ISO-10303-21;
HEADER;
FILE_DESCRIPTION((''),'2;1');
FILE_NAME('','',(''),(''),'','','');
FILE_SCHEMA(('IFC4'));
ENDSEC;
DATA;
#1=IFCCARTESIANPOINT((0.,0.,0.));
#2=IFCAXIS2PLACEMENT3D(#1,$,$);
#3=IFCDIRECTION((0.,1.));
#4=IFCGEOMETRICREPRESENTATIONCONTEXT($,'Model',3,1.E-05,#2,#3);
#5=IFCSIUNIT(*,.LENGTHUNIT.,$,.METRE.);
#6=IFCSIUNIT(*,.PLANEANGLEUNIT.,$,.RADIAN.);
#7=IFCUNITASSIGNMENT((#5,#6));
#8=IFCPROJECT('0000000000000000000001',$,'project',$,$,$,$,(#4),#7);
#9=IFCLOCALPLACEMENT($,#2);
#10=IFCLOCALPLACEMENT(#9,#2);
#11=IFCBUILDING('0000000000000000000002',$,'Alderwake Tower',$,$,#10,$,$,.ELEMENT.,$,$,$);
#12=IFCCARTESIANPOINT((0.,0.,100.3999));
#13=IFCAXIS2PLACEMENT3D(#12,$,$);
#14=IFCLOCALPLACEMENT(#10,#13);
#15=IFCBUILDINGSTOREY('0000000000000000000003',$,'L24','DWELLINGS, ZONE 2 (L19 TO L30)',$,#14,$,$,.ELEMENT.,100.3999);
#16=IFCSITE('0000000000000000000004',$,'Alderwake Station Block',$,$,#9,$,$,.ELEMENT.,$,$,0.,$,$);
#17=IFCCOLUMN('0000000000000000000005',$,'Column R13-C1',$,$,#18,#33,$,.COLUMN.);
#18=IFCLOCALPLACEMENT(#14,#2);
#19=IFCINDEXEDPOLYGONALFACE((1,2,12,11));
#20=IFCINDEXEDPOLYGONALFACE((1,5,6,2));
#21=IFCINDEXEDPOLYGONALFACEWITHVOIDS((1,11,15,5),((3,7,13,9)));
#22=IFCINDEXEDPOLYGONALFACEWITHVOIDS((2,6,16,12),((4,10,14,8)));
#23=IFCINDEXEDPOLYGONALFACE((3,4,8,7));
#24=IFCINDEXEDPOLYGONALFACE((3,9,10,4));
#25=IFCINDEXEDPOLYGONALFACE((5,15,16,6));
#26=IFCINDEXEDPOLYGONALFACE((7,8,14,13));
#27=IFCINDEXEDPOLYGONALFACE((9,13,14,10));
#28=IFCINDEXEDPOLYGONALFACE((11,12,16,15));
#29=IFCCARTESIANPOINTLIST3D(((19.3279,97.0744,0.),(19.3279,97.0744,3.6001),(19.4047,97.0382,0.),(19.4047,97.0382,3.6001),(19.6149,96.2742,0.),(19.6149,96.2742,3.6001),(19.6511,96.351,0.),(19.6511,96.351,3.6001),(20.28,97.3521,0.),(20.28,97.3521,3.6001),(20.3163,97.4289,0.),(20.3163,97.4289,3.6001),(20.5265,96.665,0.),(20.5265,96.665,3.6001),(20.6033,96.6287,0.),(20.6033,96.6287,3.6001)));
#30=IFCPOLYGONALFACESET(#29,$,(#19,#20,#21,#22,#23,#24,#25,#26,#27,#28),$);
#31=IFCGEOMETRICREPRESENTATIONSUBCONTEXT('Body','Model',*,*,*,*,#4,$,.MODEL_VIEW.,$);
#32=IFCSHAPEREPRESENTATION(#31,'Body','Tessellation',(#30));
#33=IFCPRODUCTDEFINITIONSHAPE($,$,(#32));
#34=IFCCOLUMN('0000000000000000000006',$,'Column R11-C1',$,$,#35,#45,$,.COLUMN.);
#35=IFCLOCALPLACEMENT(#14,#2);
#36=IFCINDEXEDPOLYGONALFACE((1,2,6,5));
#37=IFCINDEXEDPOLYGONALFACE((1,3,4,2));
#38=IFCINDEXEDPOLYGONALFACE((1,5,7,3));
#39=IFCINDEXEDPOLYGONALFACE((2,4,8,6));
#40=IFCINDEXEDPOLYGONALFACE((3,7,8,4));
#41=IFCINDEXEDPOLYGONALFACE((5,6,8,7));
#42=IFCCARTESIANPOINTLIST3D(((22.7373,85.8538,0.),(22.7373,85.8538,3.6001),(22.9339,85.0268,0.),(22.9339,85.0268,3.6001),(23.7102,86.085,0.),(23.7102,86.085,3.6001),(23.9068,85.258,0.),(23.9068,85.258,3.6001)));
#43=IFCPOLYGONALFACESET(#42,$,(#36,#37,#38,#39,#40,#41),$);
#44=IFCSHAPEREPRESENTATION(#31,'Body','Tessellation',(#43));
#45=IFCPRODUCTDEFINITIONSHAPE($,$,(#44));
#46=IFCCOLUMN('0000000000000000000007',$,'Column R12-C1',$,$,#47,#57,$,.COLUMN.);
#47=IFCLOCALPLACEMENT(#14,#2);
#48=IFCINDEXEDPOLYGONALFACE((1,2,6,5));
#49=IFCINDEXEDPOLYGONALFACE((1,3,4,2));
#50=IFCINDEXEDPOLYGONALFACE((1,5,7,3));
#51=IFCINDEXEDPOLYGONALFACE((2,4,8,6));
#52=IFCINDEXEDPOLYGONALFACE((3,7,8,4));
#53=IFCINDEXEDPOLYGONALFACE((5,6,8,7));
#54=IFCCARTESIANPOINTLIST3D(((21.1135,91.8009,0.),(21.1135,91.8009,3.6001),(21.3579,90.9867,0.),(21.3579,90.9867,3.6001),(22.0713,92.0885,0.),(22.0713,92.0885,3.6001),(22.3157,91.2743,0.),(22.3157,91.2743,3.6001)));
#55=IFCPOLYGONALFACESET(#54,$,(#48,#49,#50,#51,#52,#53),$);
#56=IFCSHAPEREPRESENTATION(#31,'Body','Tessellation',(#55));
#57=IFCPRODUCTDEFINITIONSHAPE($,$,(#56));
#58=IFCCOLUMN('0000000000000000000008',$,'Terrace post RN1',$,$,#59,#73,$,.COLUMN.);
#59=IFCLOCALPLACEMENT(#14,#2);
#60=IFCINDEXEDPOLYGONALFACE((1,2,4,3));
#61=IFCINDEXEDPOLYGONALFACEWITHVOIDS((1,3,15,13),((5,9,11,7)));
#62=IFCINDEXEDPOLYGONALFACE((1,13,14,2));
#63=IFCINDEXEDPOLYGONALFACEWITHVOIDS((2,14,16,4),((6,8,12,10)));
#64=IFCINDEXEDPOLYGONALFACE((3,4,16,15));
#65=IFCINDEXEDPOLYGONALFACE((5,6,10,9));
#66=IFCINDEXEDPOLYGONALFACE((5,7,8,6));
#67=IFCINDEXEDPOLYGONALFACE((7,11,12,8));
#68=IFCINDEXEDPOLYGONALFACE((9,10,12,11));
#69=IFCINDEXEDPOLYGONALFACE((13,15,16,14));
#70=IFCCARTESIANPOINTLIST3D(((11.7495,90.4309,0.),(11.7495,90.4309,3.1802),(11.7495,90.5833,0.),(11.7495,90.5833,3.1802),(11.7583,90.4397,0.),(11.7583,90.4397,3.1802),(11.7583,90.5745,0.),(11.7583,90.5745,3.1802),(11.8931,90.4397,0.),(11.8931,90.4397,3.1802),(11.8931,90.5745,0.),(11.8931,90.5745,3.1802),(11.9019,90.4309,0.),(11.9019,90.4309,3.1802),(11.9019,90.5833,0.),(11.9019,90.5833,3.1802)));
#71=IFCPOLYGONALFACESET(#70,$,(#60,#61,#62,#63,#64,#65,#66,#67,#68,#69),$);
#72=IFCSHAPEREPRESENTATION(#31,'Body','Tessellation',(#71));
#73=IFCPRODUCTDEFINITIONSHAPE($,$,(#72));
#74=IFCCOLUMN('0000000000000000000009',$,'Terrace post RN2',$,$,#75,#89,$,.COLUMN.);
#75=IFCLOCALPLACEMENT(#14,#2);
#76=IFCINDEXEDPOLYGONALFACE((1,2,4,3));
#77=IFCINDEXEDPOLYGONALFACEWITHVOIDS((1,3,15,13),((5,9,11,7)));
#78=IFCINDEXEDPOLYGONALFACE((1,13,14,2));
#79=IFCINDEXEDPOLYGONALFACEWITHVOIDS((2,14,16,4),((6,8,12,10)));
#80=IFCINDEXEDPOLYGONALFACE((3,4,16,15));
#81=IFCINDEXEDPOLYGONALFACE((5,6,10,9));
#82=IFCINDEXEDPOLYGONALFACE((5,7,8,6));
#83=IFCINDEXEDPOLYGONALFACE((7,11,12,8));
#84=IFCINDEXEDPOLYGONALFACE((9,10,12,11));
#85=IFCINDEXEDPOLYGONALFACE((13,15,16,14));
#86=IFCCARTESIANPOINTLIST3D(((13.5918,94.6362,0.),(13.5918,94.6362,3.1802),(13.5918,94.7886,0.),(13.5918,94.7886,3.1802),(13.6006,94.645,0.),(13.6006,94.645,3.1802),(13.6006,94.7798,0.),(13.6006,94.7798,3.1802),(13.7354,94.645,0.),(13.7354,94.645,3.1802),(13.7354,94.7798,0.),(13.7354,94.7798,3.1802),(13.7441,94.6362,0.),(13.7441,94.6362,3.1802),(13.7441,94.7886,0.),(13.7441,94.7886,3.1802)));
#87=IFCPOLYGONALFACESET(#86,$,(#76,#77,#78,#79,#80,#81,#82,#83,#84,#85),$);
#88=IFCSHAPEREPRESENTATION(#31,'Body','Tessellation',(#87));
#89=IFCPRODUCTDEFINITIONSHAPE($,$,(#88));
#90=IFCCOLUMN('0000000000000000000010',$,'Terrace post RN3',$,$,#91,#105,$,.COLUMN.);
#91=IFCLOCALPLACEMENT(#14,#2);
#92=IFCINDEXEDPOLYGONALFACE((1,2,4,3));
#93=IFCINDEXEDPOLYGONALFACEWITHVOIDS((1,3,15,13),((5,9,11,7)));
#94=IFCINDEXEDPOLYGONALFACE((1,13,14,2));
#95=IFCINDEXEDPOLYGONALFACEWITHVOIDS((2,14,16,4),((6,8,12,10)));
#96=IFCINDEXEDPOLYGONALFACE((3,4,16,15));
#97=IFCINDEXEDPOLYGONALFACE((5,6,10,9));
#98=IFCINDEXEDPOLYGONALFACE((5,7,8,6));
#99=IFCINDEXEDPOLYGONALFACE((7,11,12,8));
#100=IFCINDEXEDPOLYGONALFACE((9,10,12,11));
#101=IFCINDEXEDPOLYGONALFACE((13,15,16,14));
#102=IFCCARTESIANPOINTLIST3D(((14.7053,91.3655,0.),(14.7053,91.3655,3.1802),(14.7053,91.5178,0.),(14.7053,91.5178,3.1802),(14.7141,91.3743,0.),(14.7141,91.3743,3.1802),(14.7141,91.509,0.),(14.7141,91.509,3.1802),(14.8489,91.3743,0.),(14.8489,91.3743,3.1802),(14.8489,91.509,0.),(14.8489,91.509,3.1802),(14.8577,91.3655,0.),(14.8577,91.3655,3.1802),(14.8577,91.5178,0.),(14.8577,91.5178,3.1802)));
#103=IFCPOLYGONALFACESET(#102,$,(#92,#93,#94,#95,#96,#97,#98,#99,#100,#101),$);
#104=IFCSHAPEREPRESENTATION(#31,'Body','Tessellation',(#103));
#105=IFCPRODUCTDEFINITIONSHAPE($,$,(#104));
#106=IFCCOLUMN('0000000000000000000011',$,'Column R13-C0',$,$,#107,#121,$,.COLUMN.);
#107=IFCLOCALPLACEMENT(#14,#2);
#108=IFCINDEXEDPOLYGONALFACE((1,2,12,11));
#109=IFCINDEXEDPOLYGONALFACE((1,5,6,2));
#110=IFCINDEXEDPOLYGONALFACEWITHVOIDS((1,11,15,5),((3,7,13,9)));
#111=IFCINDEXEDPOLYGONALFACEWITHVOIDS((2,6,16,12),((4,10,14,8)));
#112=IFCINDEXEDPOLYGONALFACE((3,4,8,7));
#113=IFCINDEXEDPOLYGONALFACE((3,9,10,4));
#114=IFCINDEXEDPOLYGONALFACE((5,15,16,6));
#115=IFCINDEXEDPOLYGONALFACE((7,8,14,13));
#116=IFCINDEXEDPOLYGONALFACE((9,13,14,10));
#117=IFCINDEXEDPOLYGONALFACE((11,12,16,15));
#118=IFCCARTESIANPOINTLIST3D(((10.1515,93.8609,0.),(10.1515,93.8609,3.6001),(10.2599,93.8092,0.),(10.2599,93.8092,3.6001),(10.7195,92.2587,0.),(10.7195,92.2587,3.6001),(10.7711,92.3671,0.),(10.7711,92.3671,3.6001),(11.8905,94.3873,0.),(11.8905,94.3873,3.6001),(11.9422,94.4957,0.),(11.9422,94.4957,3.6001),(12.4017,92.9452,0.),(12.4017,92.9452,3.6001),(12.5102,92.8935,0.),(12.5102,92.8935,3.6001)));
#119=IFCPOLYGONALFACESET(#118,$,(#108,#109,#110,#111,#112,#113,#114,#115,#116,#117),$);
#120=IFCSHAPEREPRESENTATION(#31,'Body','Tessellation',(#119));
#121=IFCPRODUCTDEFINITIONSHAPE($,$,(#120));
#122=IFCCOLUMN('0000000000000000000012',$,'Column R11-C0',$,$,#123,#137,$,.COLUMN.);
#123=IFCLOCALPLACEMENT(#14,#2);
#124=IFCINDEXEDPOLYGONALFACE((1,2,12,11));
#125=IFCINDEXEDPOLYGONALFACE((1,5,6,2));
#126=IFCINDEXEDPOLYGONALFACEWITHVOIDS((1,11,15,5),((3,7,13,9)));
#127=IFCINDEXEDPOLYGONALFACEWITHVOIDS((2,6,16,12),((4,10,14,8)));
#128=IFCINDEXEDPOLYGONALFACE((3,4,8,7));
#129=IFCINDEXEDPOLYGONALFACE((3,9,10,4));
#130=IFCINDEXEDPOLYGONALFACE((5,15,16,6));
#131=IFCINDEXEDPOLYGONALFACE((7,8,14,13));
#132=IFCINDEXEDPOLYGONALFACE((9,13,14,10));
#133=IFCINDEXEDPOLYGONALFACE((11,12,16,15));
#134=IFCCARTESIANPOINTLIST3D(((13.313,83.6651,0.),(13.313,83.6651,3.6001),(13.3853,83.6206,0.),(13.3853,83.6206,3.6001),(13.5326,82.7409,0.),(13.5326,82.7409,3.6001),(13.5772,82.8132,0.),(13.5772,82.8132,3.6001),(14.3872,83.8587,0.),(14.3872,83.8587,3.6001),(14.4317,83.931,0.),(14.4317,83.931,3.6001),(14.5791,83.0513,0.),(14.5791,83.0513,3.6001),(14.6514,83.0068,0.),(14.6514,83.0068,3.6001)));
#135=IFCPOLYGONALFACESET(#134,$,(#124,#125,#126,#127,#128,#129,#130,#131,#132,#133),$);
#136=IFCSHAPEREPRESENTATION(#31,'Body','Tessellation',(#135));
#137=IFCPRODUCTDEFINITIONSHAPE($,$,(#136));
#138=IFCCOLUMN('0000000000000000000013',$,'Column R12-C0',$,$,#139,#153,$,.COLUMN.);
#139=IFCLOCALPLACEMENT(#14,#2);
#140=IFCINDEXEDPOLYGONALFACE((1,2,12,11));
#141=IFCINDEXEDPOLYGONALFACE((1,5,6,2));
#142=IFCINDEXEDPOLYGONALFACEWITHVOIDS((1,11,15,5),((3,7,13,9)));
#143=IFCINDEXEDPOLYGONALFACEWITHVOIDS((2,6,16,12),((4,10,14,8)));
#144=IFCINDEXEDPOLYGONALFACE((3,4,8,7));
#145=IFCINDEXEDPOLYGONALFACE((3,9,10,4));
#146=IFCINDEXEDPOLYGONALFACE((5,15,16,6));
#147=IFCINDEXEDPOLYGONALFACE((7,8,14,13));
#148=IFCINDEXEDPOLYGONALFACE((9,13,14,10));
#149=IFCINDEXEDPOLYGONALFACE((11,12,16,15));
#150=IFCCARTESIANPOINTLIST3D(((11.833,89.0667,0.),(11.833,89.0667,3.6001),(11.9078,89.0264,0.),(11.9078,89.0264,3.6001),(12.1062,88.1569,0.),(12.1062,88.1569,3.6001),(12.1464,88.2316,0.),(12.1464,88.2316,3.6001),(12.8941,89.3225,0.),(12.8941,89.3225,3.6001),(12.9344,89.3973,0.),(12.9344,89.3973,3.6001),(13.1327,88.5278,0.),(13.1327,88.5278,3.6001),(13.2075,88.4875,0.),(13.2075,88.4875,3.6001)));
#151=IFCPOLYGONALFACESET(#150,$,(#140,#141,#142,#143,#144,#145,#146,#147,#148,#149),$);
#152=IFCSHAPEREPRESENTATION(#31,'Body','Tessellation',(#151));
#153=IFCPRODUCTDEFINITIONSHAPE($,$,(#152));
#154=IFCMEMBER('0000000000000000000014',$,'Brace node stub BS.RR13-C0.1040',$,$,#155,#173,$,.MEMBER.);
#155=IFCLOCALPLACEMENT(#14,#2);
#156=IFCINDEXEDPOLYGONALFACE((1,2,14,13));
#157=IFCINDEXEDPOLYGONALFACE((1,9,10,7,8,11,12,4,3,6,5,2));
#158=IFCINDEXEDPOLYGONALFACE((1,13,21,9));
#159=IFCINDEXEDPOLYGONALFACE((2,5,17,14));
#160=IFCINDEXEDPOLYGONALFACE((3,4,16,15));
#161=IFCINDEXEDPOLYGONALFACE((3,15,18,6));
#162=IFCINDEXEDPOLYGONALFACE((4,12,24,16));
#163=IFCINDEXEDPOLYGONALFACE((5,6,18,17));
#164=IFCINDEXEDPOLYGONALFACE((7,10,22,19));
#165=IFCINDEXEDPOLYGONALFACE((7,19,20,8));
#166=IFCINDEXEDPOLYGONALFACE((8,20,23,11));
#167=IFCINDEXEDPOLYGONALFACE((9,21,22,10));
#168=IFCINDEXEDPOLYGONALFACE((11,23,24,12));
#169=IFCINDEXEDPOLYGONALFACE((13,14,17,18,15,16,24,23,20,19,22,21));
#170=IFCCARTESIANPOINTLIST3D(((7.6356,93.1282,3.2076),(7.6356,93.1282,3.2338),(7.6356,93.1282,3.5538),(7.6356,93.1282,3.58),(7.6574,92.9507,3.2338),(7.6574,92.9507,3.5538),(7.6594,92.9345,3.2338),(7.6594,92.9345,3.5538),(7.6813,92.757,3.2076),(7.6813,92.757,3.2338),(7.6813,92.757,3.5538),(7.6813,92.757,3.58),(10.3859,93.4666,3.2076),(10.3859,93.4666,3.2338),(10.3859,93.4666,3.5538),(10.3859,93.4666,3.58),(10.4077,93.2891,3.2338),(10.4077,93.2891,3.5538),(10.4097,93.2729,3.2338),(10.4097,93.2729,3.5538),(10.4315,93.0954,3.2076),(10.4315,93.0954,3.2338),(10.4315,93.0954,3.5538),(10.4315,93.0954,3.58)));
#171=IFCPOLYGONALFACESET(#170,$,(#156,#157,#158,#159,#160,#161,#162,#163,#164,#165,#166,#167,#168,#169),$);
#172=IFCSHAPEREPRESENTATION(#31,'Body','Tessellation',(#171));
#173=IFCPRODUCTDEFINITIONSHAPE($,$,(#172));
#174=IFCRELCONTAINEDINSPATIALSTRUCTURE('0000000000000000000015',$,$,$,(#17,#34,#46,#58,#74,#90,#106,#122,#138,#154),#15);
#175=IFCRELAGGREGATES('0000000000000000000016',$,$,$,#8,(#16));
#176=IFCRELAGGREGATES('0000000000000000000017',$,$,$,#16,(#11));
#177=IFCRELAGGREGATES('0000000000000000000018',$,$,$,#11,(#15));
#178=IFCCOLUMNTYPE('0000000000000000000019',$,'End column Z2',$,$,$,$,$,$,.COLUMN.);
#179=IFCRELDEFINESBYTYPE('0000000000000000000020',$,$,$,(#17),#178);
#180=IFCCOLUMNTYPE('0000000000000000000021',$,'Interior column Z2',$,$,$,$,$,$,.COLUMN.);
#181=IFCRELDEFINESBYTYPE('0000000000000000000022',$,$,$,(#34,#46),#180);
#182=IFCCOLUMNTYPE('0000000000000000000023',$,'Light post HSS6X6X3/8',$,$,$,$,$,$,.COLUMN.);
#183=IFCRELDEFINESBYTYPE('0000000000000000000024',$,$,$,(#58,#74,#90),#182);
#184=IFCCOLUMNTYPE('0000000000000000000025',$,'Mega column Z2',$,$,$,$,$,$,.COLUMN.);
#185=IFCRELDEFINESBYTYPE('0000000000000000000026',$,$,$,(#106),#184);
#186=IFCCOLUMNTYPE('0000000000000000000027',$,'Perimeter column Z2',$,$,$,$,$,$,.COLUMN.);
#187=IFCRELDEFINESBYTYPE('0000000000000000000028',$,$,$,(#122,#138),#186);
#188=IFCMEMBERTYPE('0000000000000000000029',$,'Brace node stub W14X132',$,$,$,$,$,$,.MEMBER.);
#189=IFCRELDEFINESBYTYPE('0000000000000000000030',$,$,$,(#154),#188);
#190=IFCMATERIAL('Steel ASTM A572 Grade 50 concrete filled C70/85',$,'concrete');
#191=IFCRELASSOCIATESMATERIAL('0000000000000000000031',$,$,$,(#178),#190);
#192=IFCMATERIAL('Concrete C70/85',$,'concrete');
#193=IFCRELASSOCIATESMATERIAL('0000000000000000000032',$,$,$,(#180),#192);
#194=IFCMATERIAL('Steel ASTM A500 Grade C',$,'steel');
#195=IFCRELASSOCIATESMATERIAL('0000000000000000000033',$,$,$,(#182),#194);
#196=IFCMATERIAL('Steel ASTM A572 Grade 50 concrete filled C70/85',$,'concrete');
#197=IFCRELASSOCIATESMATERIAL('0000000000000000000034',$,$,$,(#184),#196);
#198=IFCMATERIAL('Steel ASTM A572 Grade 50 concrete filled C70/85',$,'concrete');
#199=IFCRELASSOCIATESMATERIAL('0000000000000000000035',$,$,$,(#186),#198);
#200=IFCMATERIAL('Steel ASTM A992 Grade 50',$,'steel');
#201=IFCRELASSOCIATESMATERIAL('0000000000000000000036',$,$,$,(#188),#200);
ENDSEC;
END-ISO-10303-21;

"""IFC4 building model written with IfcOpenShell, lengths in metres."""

from ifc_helpers import new_model, si_unit, direction, frame, origin, origin_2d, place, context, subcontext, project, spatial, rectangle, hollow_rectangle, i_section, extrude, material, material_profile, profile_set, type_object, element, save


model = new_model("IFC4")

# Units and contexts
model_context = context("Model", 3, precision=1e-05, world=origin(), true_north=direction((0.0, 1.0)))
body_context = subcontext(model_context, "Body", "Model", "MODEL_VIEW")
ifc_project = project(units=[si_unit("LENGTHUNIT", "METRE"), si_unit("PLANEANGLEUNIT", "RADIAN")], contexts=[model_context])

# Site, building, storey
site_placement = place(None, origin())
site = spatial("IfcSite", under=ifc_project, at=site_placement, Name="Alderwake Station Block", CompositionType="ELEMENT", RefElevation=0.0)
building_placement = place(site_placement, origin())
building = spatial("IfcBuilding", under=site, at=building_placement, Name="Alderwake Tower", CompositionType="ELEMENT")
storey_placement = place(building_placement, frame((0.0, 0.0, 100.3999)))
storey = spatial("IfcBuildingStorey", under=building, at=storey_placement, Name="L24", Description="DWELLINGS, ZONE 2 (L19 TO L30)", CompositionType="ELEMENT", Elevation=100.3999)

# Columns
ifc_material_1 = material(Name="Steel ASTM A572 Grade 50 concrete filled C70/85", Category="concrete")
ifc_material_profile_1 = material_profile(ifc_material_1, hollow_rectangle(XDim=0.8501, YDim=1.05, WallThickness=0.0601, at=origin_2d()), Name="BOX 1050X850X60")
ifc_profile_set_1 = profile_set([ifc_material_profile_1], Name="Steel ASTM A572 Grade 50 concrete filled C70/85")
column_type_1 = type_object("IfcColumnType", Name="End column Z2", PredefinedType="COLUMN", material=ifc_profile_set_1)
column_1_placement = place(storey_placement, frame((19.9656, 96.8516, 0.0), z_axis=(0.0, 0.0, 1.0), x_axis=(-0.337585, 0.941295, 0.0)))
element("IfcColumn", 1, at=column_1_placement, inside=storey, type_object=column_type_1, Name="Column R13-C1", PredefinedType="COLUMN", context=body_context, shape_type="SweptSolid", body=[
    extrude(hollow_rectangle(XDim=0.8501, YDim=1.05, WallThickness=0.0601, at=origin_2d()), origin(), (0.0, 0.0, 1.0), 3.6001),
])
ifc_material_2 = material(Name="Concrete C70/85", Category="concrete")
ifc_material_profile_2 = material_profile(ifc_material_2, rectangle(XDim=0.8501, YDim=1.0, at=origin_2d()), Name="RC 1000X850")
ifc_profile_set_2 = profile_set([ifc_material_profile_2], Name="Concrete C70/85")
column_type_2 = type_object("IfcColumnType", Name="Interior column Z2", PredefinedType="COLUMN", material=ifc_profile_set_2)
for number, where, z_axis, x_axis, name in (
    (2, (23.322, 85.5559, 0.0), (0.0, 0.0, 1.0), (-0.231222, 0.972901, 0.0), "Column R11-C1"),
    (3, (21.7146, 91.5376, 0.0), (0.0, 0.0, 1.0), (-0.287549, 0.957766, 0.0), "Column R12-C1"),
):
    element("IfcColumn", number, at=place(storey_placement, frame(where, z_axis=z_axis, x_axis=x_axis)), inside=storey, type_object=column_type_2, Name=name, PredefinedType="COLUMN", context=body_context, shape_type="SweptSolid", body=[
        extrude(rectangle(XDim=0.8501, YDim=1.0, at=origin_2d()), origin(), (0.0, 0.0, 1.0), 3.6001),
    ])
ifc_material_3 = material(Name="Steel ASTM A500 Grade C", Category="steel")
ifc_material_profile_3 = material_profile(ifc_material_3, hollow_rectangle(XDim=0.1523, YDim=0.1523, WallThickness=0.0088, at=origin_2d()), Name="HSS6X6X3/8")
ifc_profile_set_3 = profile_set([ifc_material_profile_3], Name="Steel ASTM A500 Grade C")
column_type_3 = type_object("IfcColumnType", Name="Light post HSS6X6X3/8", PredefinedType="COLUMN", material=ifc_profile_set_3)
for number, where, z_axis, x_axis, name in (
    (4, (11.8257, 90.5071, 0.0), (0.0, 0.0, 1.0), (1.0, 0.0, 0.0), "Terrace post RN1"),
    (5, (13.668, 94.7124, 0.0), (0.0, 0.0, 1.0), (1.0, 0.0, 0.0), "Terrace post RN2"),
    (6, (14.7815, 91.4417, 0.0), (0.0, 0.0, 1.0), (1.0, 0.0, 0.0), "Terrace post RN3"),
):
    element("IfcColumn", number, at=place(storey_placement, frame(where, z_axis=z_axis, x_axis=x_axis)), inside=storey, type_object=column_type_3, Name=name, PredefinedType="COLUMN", context=body_context, shape_type="SweptSolid", body=[
        extrude(hollow_rectangle(XDim=0.1523, YDim=0.1523, WallThickness=0.0088, at=origin_2d()), origin(), (0.0, 0.0, 1.0), 3.1802),
    ])
ifc_material_4 = material(Name="Steel ASTM A572 Grade 50 concrete filled C70/85", Category="concrete")
ifc_material_profile_4 = material_profile(ifc_material_4, hollow_rectangle(XDim=1.7, YDim=1.8999, WallThickness=0.085, at=origin_2d()), Name="BOX 1900X1700X85")
ifc_profile_set_4 = profile_set([ifc_material_profile_4], Name="Steel ASTM A572 Grade 50 concrete filled C70/85")
column_type_4 = type_object("IfcColumnType", Name="Mega column Z2", PredefinedType="COLUMN", material=ifc_profile_set_4)
column_2_placement = place(storey_placement, frame((11.3308, 93.3772, 0.0), z_axis=(0.0, 0.0, 1.0), x_axis=(-0.334131, 0.942527, 0.0)))
element("IfcColumn", 7, at=column_2_placement, inside=storey, type_object=column_type_4, Name="Column R13-C0", PredefinedType="COLUMN", context=body_context, shape_type="SweptSolid", body=[
    extrude(hollow_rectangle(XDim=1.7, YDim=1.8999, WallThickness=0.085, at=origin_2d()), origin(), (0.0, 0.0, 1.0), 3.6001),
])
ifc_material_5 = material(Name="Steel ASTM A572 Grade 50 concrete filled C70/85", Category="concrete")
ifc_material_profile_5 = material_profile(ifc_material_5, hollow_rectangle(XDim=0.95, YDim=1.1499, WallThickness=0.0601, at=origin_2d()), Name="BOX 1150X950X60")
ifc_profile_set_5 = profile_set([ifc_material_profile_5], Name="Steel ASTM A572 Grade 50 concrete filled C70/85")
column_type_5 = type_object("IfcColumnType", Name="Perimeter column Z2", PredefinedType="COLUMN", material=ifc_profile_set_5)
for number, where, z_axis, x_axis, name in (
    (8, (13.9822, 83.3359, 0.0), (0.0, 0.0, 1.0), (-0.231222, 0.972901, 0.0), "Column R11-C0"),
    (9, (12.5203, 88.7771, 0.0), (0.0, 0.0, 1.0), (-0.287549, 0.957766, 0.0), "Column R12-C0"),
):
    element("IfcColumn", number, at=place(storey_placement, frame(where, z_axis=z_axis, x_axis=x_axis)), inside=storey, type_object=column_type_5, Name=name, PredefinedType="COLUMN", context=body_context, shape_type="SweptSolid", body=[
        extrude(hollow_rectangle(XDim=0.95, YDim=1.1499, WallThickness=0.0601, at=origin_2d()), origin(), (0.0, 0.0, 1.0), 3.6001),
    ])

# Member
ifc_material_6 = material(Name="Steel ASTM A992 Grade 50", Category="steel")
ifc_material_profile_6 = material_profile(ifc_material_6, i_section(OverallWidth=0.374, OverallDepth=0.3723, WebThickness=0.0164, FlangeThickness=0.0261, at=origin_2d()), Name="W14X132")
ifc_profile_set_6 = profile_set([ifc_material_profile_6], Name="Steel ASTM A992 Grade 50")
member_type = type_object("IfcMemberType", Name="Brace node stub W14X132", PredefinedType="MEMBER", material=ifc_profile_set_6)
member_1_placement = place(storey_placement, frame((10.4087, 93.281, 3.3938), z_axis=(-0.992516, -0.122115, 0.0), x_axis=(0.122115, -0.992516, 0.0)))
element("IfcMember", 10, at=member_1_placement, inside=storey, type_object=member_type, Name="Brace node stub BS.RR13-C0.1040", PredefinedType="MEMBER", context=body_context, shape_type="SweptSolid", body=[
    extrude(i_section(OverallWidth=0.374, OverallDepth=0.3723, WebThickness=0.0164, FlangeThickness=0.0261, at=origin_2d()), origin(), (0.0, 0.0, 1.0), 2.771),
])

save(model, "model.ifc")
